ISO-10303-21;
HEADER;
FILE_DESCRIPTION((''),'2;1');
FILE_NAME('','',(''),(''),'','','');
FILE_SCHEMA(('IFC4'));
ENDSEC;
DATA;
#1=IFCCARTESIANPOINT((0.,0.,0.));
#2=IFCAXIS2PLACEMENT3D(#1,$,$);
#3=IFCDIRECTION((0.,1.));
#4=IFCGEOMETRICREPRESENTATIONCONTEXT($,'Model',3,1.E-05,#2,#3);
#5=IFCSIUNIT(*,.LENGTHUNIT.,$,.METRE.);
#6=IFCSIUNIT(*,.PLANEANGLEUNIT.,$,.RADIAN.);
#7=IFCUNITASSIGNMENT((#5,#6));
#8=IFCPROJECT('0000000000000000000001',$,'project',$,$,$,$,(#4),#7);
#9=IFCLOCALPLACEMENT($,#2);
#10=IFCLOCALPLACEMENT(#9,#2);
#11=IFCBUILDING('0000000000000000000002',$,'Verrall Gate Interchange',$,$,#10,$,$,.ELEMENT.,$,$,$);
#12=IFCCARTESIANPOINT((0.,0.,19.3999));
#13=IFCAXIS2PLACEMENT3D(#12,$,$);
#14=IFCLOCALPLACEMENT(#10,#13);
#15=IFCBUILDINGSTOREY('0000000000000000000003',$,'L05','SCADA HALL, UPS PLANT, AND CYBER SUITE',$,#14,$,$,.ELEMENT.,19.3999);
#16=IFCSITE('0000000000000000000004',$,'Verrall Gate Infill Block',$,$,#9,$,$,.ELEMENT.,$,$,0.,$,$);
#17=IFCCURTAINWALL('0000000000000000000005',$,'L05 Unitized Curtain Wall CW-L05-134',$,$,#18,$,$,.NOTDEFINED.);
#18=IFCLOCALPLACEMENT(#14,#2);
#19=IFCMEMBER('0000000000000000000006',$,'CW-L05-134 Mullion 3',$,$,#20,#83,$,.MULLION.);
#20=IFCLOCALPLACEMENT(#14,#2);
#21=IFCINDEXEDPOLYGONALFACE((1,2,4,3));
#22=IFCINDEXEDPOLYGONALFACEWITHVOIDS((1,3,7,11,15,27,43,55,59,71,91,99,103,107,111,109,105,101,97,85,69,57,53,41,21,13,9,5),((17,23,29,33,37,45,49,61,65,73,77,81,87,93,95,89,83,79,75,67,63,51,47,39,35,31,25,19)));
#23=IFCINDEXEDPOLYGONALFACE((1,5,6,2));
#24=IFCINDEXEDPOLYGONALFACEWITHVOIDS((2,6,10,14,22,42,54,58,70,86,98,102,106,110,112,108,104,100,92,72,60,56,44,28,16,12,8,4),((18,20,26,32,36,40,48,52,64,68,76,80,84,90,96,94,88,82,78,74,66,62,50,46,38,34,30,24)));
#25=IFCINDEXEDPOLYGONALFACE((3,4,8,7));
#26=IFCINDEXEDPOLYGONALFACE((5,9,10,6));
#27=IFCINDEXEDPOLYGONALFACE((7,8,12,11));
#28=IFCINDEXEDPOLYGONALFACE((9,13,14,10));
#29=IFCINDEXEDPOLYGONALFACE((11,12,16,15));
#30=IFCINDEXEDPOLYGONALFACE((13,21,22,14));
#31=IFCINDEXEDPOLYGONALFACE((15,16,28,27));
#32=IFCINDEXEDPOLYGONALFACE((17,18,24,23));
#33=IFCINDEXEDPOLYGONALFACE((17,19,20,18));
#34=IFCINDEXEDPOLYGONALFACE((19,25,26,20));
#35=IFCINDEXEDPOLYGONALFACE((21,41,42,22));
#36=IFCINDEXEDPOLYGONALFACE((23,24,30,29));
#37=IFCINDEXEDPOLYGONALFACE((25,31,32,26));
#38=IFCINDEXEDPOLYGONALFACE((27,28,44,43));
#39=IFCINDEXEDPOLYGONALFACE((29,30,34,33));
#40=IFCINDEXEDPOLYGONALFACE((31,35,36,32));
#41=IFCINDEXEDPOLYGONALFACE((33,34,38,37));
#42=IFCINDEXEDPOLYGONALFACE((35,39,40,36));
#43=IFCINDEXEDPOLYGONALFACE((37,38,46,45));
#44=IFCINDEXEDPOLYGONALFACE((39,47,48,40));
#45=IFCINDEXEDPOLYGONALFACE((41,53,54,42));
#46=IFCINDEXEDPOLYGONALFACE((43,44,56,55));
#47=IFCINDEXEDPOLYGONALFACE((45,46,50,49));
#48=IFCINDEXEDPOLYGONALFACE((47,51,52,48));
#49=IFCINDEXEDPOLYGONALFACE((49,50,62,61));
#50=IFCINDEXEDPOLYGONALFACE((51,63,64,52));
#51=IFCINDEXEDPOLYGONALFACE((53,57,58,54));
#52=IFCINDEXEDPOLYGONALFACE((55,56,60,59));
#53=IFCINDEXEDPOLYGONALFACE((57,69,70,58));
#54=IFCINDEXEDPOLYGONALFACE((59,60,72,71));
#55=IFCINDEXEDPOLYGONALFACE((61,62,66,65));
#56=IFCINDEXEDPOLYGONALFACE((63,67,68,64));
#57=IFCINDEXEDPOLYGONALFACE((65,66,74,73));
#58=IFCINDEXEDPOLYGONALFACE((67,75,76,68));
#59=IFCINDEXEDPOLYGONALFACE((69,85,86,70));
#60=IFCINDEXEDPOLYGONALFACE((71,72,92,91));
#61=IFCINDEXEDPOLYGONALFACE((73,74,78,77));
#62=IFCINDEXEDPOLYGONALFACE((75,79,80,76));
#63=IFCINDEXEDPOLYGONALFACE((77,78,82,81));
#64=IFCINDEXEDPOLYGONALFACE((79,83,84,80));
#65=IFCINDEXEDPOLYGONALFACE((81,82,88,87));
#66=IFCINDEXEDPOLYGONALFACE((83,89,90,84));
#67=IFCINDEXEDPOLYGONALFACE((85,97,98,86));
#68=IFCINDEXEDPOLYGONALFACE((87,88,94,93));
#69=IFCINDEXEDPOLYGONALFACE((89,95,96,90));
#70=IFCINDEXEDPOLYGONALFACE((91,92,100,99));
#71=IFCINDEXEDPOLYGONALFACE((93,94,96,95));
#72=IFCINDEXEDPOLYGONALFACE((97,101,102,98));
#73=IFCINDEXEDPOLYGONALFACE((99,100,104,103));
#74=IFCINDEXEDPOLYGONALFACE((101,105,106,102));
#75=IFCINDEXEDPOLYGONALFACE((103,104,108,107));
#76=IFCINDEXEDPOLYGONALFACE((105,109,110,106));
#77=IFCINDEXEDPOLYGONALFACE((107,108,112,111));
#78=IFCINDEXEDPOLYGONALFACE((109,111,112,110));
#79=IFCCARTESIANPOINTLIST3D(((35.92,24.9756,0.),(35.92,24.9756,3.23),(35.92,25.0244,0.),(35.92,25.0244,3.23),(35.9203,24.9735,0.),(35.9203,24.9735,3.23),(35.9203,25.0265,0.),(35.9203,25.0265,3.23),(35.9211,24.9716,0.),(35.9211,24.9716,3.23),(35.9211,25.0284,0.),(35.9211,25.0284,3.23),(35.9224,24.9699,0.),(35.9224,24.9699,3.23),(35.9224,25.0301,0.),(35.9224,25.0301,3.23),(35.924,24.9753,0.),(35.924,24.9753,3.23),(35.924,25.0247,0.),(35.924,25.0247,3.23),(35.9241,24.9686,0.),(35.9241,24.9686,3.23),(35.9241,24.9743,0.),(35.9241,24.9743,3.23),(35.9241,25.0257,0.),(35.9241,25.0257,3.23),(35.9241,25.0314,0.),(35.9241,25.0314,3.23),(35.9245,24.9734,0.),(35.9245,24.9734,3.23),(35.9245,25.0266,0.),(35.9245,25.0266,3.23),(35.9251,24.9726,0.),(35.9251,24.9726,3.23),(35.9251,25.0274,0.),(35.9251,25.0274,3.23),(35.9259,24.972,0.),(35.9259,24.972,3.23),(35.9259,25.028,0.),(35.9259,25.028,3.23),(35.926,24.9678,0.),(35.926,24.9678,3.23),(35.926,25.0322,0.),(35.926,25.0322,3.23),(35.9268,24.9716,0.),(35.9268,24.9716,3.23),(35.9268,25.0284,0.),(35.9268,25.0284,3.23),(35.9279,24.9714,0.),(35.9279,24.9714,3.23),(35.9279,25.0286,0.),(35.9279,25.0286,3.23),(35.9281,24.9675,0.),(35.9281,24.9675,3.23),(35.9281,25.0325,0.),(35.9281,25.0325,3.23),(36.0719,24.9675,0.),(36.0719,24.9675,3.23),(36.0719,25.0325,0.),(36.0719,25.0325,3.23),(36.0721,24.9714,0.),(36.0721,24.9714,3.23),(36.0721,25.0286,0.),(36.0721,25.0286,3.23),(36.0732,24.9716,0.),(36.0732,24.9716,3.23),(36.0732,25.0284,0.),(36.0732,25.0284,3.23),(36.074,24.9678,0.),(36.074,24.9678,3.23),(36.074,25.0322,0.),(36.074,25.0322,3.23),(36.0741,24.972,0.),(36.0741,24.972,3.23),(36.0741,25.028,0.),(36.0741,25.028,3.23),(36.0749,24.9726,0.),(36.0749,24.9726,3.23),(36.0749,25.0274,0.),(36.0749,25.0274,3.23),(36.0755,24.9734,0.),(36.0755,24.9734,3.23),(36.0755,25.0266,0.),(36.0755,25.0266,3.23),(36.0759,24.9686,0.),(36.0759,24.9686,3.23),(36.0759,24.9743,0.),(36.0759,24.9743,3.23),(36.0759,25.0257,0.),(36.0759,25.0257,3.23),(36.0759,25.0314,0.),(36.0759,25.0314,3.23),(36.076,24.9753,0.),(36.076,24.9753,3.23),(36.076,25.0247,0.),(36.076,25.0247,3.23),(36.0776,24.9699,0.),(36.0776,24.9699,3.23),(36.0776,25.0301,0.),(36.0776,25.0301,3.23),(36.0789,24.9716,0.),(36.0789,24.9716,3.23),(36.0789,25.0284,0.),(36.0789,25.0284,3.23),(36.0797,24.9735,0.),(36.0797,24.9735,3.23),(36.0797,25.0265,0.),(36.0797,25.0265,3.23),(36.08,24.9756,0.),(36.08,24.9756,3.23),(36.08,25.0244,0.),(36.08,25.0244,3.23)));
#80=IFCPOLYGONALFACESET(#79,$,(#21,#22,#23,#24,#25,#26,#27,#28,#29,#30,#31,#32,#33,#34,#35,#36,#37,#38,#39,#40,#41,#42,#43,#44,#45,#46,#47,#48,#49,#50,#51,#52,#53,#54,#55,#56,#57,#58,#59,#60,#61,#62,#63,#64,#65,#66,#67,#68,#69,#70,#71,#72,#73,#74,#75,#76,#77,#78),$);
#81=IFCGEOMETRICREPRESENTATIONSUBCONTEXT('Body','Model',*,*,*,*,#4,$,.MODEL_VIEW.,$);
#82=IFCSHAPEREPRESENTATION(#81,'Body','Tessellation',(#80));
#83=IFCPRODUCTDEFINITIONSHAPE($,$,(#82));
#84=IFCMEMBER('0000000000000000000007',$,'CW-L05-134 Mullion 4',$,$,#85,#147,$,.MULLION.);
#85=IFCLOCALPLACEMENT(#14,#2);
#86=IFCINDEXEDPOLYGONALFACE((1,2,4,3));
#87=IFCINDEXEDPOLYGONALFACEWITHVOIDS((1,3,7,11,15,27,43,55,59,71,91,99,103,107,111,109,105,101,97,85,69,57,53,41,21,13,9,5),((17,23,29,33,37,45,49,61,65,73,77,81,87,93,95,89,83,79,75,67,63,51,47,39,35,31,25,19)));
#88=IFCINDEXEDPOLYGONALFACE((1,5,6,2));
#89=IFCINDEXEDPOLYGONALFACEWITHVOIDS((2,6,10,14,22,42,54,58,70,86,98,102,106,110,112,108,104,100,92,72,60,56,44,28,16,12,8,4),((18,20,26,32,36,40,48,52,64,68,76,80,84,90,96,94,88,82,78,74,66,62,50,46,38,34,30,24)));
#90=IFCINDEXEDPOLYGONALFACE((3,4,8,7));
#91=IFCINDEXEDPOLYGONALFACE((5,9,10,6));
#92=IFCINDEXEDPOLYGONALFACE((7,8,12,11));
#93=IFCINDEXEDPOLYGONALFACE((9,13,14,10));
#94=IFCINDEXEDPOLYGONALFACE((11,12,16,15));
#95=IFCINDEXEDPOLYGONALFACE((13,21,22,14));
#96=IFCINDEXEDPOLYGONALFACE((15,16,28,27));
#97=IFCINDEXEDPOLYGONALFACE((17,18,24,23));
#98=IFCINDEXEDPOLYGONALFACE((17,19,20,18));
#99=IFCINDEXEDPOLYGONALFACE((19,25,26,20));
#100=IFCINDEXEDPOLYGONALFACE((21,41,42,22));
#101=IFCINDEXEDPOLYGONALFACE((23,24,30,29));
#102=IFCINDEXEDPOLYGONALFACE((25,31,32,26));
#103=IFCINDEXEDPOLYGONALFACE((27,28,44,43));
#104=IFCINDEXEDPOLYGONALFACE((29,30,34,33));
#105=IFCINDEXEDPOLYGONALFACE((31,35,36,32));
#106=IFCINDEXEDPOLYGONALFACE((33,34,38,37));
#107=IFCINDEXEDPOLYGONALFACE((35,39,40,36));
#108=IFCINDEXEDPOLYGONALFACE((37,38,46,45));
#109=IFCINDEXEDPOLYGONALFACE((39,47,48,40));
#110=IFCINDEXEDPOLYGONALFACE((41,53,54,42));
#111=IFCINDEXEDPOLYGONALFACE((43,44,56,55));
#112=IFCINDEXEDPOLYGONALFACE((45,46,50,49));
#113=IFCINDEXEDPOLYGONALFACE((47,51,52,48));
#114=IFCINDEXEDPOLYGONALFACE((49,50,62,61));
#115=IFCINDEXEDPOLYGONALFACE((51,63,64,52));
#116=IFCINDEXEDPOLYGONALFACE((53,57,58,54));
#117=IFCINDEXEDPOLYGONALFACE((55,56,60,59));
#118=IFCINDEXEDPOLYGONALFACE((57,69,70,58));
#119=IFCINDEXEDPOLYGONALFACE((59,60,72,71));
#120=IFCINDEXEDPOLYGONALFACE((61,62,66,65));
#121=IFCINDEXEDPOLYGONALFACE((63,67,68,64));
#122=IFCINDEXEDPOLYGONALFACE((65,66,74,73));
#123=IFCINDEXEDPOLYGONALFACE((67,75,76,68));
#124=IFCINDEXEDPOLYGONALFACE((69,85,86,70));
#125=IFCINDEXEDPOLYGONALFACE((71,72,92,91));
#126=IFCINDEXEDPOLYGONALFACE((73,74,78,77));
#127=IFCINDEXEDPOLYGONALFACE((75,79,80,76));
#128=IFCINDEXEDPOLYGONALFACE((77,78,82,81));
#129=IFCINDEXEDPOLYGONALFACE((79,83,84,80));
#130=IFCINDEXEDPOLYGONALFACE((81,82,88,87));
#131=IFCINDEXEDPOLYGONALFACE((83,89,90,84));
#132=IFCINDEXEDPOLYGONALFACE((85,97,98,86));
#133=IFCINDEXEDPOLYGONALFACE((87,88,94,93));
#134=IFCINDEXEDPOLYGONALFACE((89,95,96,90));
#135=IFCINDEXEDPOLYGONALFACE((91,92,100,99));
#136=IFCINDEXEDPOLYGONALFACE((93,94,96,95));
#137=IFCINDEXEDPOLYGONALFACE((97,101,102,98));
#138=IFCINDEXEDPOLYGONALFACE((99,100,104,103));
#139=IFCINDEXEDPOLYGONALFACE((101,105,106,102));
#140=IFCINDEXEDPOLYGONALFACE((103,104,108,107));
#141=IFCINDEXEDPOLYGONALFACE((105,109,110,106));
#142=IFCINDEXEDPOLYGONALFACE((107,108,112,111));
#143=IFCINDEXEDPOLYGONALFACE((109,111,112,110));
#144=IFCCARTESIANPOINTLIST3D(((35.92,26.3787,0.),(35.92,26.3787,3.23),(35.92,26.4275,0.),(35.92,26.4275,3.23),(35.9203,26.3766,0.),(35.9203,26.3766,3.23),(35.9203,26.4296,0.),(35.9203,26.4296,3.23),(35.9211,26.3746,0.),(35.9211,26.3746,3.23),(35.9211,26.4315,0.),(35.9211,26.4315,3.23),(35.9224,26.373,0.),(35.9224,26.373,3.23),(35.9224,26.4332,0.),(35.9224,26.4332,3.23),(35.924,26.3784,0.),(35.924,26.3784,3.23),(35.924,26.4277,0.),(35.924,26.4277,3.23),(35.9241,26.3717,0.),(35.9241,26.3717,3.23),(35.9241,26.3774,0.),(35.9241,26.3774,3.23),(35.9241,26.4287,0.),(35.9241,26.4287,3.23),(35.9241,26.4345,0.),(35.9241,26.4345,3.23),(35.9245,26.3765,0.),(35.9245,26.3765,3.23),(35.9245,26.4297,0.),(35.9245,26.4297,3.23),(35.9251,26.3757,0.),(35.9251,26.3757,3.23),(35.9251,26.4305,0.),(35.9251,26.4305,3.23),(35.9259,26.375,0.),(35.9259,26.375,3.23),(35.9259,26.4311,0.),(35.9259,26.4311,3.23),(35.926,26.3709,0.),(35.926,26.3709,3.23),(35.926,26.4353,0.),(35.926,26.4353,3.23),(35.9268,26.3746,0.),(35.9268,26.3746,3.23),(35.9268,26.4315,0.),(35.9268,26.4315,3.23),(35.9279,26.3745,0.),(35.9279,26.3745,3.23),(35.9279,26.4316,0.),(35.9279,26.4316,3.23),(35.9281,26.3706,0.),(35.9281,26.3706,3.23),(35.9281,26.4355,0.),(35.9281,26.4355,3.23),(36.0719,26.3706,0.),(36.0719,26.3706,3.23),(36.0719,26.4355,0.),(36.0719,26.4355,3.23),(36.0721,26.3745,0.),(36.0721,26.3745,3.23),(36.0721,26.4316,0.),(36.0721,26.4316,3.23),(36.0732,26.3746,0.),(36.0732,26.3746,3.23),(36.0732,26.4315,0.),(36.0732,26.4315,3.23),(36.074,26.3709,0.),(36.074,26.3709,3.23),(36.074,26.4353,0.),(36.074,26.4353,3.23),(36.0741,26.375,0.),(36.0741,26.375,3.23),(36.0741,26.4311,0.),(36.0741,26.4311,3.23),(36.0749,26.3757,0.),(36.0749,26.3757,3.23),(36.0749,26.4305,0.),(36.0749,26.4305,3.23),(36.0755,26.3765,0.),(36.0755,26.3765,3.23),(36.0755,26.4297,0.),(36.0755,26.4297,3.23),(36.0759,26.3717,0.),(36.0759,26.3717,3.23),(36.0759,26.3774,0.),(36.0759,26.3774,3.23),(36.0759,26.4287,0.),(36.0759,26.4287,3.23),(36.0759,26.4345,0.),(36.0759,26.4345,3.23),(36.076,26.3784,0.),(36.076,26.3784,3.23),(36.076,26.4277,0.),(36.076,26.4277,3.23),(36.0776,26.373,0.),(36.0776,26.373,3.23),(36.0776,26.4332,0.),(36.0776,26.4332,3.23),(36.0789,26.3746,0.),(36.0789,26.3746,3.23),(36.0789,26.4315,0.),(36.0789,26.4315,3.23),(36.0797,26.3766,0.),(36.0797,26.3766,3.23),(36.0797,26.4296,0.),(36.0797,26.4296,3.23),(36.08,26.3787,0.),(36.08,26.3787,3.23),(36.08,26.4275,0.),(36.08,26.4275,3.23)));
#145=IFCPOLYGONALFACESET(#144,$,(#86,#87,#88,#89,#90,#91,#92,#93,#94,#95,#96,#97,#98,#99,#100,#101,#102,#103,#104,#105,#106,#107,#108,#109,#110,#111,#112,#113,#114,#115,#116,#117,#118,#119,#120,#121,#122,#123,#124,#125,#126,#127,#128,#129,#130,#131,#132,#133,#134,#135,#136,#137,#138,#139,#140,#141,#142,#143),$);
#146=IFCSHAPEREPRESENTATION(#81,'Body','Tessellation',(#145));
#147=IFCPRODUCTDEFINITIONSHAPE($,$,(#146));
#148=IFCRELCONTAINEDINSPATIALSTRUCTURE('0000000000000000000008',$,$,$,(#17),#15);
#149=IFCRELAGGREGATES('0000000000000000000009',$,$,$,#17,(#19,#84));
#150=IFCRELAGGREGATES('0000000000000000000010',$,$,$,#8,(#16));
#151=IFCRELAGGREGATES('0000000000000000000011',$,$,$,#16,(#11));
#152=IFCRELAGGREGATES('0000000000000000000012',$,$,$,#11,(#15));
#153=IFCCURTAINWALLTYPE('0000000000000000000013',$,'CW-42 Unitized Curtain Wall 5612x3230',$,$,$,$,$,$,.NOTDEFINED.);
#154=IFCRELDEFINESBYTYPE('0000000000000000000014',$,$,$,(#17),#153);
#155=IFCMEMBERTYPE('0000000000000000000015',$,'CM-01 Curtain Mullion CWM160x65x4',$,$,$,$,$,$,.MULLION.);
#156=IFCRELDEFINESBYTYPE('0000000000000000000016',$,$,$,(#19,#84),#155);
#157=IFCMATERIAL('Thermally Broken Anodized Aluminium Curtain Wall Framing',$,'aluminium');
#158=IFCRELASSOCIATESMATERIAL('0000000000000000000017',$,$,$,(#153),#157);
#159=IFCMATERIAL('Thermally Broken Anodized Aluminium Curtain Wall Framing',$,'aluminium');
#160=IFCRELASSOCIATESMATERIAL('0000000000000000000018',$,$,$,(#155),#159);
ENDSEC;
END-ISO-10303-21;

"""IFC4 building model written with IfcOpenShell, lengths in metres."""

from ifc_helpers import new_model, si_unit, direction, frame, origin, origin_2d, place, context, subcontext, project, spatial, hollow_rectangle, extrude, material, material_profile, profile_set, type_object, element, aggregate, save


model = new_model("IFC4")

# Units and contexts
model_context = context("Model", 3, precision=1e-05, world=origin(), true_north=direction((0.0, 1.0)))
body_context = subcontext(model_context, "Body", "Model", "MODEL_VIEW")
ifc_project = project(units=[si_unit("LENGTHUNIT", "METRE"), si_unit("PLANEANGLEUNIT", "RADIAN")], contexts=[model_context])

# Site, building, storey
site_placement = place(None, origin())
site = spatial("IfcSite", under=ifc_project, at=site_placement, Name="Verrall Gate Infill Block", CompositionType="ELEMENT", RefElevation=0.0)
building_placement = place(site_placement, origin())
building = spatial("IfcBuilding", under=site, at=building_placement, Name="Verrall Gate Interchange", CompositionType="ELEMENT")
storey_placement = place(building_placement, frame((0.0, 0.0, 19.3999)))
storey = spatial("IfcBuildingStorey", under=building, at=storey_placement, Name="L05", Description="SCADA HALL, UPS PLANT, AND CYBER SUITE", CompositionType="ELEMENT", Elevation=19.3999)

# Curtain wall, members
ifc_material_1 = material(Name="Thermally Broken Anodized Aluminium Curtain Wall Framing", Category="aluminium")
curtain_wall_type = type_object("IfcCurtainWallType", Name="CW-42 Unitized Curtain Wall 5612x3230", PredefinedType="NOTDEFINED", material=ifc_material_1)
curtain_wall_placement = place(storey_placement, origin())
curtain_wall = element("IfcCurtainWall", 1, at=curtain_wall_placement, inside=storey, type_object=curtain_wall_type, Name="L05 Unitized Curtain Wall CW-L05-134", PredefinedType="NOTDEFINED")
ifc_material_2 = material(Name="Thermally Broken Anodized Aluminium Curtain Wall Framing", Category="aluminium")
ifc_material_profile_1 = material_profile(ifc_material_2, hollow_rectangle(XDim=0.0649, YDim=0.1599, WallThickness=0.0039, InnerFilletRadius=0.0039, OuterFilletRadius=0.0081, at=origin_2d()), Name="CWM160x65x4")
ifc_profile_set_1 = profile_set([ifc_material_profile_1], Name="Thermally Broken Anodized Aluminium Curtain Wall Framing")
member_type_1 = type_object("IfcMemberType", Name="CM-01 Curtain Mullion CWM160x65x4", PredefinedType="MULLION", material=ifc_profile_set_1)
member_1_placement = place(storey_placement, frame((36.0, 25.0, 0.0), z_axis=(0.0, 0.0, 1.0), x_axis=(0.0, 1.0, 0.0)))
member_1 = element("IfcMember", 2, at=member_1_placement, type_object=member_type_1, Name="CW-L05-134 Mullion 3", PredefinedType="MULLION", context=body_context, shape_type="SweptSolid", body=[
    extrude(hollow_rectangle(XDim=0.0649, YDim=0.1599, WallThickness=0.0039, InnerFilletRadius=0.0039, OuterFilletRadius=0.0081, at=origin_2d()), origin(), (0.0, 0.0, 1.0), 3.23),
])
member_2_placement = place(storey_placement, frame((36.0, 26.4031, 0.0), z_axis=(0.0, 0.0, 1.0), x_axis=(0.0, 1.0, 0.0)))
member_2 = element("IfcMember", 3, at=member_2_placement, type_object=member_type_1, Name="CW-L05-134 Mullion 4", PredefinedType="MULLION", context=body_context, shape_type="SweptSolid", body=[
    extrude(hollow_rectangle(XDim=0.0649, YDim=0.1599, WallThickness=0.0039, InnerFilletRadius=0.0039, OuterFilletRadius=0.0081, at=origin_2d()), origin(), (0.0, 0.0, 1.0), 3.23),
])

aggregate(curtain_wall, [member_1, member_2])

save(model, "model.ifc")
